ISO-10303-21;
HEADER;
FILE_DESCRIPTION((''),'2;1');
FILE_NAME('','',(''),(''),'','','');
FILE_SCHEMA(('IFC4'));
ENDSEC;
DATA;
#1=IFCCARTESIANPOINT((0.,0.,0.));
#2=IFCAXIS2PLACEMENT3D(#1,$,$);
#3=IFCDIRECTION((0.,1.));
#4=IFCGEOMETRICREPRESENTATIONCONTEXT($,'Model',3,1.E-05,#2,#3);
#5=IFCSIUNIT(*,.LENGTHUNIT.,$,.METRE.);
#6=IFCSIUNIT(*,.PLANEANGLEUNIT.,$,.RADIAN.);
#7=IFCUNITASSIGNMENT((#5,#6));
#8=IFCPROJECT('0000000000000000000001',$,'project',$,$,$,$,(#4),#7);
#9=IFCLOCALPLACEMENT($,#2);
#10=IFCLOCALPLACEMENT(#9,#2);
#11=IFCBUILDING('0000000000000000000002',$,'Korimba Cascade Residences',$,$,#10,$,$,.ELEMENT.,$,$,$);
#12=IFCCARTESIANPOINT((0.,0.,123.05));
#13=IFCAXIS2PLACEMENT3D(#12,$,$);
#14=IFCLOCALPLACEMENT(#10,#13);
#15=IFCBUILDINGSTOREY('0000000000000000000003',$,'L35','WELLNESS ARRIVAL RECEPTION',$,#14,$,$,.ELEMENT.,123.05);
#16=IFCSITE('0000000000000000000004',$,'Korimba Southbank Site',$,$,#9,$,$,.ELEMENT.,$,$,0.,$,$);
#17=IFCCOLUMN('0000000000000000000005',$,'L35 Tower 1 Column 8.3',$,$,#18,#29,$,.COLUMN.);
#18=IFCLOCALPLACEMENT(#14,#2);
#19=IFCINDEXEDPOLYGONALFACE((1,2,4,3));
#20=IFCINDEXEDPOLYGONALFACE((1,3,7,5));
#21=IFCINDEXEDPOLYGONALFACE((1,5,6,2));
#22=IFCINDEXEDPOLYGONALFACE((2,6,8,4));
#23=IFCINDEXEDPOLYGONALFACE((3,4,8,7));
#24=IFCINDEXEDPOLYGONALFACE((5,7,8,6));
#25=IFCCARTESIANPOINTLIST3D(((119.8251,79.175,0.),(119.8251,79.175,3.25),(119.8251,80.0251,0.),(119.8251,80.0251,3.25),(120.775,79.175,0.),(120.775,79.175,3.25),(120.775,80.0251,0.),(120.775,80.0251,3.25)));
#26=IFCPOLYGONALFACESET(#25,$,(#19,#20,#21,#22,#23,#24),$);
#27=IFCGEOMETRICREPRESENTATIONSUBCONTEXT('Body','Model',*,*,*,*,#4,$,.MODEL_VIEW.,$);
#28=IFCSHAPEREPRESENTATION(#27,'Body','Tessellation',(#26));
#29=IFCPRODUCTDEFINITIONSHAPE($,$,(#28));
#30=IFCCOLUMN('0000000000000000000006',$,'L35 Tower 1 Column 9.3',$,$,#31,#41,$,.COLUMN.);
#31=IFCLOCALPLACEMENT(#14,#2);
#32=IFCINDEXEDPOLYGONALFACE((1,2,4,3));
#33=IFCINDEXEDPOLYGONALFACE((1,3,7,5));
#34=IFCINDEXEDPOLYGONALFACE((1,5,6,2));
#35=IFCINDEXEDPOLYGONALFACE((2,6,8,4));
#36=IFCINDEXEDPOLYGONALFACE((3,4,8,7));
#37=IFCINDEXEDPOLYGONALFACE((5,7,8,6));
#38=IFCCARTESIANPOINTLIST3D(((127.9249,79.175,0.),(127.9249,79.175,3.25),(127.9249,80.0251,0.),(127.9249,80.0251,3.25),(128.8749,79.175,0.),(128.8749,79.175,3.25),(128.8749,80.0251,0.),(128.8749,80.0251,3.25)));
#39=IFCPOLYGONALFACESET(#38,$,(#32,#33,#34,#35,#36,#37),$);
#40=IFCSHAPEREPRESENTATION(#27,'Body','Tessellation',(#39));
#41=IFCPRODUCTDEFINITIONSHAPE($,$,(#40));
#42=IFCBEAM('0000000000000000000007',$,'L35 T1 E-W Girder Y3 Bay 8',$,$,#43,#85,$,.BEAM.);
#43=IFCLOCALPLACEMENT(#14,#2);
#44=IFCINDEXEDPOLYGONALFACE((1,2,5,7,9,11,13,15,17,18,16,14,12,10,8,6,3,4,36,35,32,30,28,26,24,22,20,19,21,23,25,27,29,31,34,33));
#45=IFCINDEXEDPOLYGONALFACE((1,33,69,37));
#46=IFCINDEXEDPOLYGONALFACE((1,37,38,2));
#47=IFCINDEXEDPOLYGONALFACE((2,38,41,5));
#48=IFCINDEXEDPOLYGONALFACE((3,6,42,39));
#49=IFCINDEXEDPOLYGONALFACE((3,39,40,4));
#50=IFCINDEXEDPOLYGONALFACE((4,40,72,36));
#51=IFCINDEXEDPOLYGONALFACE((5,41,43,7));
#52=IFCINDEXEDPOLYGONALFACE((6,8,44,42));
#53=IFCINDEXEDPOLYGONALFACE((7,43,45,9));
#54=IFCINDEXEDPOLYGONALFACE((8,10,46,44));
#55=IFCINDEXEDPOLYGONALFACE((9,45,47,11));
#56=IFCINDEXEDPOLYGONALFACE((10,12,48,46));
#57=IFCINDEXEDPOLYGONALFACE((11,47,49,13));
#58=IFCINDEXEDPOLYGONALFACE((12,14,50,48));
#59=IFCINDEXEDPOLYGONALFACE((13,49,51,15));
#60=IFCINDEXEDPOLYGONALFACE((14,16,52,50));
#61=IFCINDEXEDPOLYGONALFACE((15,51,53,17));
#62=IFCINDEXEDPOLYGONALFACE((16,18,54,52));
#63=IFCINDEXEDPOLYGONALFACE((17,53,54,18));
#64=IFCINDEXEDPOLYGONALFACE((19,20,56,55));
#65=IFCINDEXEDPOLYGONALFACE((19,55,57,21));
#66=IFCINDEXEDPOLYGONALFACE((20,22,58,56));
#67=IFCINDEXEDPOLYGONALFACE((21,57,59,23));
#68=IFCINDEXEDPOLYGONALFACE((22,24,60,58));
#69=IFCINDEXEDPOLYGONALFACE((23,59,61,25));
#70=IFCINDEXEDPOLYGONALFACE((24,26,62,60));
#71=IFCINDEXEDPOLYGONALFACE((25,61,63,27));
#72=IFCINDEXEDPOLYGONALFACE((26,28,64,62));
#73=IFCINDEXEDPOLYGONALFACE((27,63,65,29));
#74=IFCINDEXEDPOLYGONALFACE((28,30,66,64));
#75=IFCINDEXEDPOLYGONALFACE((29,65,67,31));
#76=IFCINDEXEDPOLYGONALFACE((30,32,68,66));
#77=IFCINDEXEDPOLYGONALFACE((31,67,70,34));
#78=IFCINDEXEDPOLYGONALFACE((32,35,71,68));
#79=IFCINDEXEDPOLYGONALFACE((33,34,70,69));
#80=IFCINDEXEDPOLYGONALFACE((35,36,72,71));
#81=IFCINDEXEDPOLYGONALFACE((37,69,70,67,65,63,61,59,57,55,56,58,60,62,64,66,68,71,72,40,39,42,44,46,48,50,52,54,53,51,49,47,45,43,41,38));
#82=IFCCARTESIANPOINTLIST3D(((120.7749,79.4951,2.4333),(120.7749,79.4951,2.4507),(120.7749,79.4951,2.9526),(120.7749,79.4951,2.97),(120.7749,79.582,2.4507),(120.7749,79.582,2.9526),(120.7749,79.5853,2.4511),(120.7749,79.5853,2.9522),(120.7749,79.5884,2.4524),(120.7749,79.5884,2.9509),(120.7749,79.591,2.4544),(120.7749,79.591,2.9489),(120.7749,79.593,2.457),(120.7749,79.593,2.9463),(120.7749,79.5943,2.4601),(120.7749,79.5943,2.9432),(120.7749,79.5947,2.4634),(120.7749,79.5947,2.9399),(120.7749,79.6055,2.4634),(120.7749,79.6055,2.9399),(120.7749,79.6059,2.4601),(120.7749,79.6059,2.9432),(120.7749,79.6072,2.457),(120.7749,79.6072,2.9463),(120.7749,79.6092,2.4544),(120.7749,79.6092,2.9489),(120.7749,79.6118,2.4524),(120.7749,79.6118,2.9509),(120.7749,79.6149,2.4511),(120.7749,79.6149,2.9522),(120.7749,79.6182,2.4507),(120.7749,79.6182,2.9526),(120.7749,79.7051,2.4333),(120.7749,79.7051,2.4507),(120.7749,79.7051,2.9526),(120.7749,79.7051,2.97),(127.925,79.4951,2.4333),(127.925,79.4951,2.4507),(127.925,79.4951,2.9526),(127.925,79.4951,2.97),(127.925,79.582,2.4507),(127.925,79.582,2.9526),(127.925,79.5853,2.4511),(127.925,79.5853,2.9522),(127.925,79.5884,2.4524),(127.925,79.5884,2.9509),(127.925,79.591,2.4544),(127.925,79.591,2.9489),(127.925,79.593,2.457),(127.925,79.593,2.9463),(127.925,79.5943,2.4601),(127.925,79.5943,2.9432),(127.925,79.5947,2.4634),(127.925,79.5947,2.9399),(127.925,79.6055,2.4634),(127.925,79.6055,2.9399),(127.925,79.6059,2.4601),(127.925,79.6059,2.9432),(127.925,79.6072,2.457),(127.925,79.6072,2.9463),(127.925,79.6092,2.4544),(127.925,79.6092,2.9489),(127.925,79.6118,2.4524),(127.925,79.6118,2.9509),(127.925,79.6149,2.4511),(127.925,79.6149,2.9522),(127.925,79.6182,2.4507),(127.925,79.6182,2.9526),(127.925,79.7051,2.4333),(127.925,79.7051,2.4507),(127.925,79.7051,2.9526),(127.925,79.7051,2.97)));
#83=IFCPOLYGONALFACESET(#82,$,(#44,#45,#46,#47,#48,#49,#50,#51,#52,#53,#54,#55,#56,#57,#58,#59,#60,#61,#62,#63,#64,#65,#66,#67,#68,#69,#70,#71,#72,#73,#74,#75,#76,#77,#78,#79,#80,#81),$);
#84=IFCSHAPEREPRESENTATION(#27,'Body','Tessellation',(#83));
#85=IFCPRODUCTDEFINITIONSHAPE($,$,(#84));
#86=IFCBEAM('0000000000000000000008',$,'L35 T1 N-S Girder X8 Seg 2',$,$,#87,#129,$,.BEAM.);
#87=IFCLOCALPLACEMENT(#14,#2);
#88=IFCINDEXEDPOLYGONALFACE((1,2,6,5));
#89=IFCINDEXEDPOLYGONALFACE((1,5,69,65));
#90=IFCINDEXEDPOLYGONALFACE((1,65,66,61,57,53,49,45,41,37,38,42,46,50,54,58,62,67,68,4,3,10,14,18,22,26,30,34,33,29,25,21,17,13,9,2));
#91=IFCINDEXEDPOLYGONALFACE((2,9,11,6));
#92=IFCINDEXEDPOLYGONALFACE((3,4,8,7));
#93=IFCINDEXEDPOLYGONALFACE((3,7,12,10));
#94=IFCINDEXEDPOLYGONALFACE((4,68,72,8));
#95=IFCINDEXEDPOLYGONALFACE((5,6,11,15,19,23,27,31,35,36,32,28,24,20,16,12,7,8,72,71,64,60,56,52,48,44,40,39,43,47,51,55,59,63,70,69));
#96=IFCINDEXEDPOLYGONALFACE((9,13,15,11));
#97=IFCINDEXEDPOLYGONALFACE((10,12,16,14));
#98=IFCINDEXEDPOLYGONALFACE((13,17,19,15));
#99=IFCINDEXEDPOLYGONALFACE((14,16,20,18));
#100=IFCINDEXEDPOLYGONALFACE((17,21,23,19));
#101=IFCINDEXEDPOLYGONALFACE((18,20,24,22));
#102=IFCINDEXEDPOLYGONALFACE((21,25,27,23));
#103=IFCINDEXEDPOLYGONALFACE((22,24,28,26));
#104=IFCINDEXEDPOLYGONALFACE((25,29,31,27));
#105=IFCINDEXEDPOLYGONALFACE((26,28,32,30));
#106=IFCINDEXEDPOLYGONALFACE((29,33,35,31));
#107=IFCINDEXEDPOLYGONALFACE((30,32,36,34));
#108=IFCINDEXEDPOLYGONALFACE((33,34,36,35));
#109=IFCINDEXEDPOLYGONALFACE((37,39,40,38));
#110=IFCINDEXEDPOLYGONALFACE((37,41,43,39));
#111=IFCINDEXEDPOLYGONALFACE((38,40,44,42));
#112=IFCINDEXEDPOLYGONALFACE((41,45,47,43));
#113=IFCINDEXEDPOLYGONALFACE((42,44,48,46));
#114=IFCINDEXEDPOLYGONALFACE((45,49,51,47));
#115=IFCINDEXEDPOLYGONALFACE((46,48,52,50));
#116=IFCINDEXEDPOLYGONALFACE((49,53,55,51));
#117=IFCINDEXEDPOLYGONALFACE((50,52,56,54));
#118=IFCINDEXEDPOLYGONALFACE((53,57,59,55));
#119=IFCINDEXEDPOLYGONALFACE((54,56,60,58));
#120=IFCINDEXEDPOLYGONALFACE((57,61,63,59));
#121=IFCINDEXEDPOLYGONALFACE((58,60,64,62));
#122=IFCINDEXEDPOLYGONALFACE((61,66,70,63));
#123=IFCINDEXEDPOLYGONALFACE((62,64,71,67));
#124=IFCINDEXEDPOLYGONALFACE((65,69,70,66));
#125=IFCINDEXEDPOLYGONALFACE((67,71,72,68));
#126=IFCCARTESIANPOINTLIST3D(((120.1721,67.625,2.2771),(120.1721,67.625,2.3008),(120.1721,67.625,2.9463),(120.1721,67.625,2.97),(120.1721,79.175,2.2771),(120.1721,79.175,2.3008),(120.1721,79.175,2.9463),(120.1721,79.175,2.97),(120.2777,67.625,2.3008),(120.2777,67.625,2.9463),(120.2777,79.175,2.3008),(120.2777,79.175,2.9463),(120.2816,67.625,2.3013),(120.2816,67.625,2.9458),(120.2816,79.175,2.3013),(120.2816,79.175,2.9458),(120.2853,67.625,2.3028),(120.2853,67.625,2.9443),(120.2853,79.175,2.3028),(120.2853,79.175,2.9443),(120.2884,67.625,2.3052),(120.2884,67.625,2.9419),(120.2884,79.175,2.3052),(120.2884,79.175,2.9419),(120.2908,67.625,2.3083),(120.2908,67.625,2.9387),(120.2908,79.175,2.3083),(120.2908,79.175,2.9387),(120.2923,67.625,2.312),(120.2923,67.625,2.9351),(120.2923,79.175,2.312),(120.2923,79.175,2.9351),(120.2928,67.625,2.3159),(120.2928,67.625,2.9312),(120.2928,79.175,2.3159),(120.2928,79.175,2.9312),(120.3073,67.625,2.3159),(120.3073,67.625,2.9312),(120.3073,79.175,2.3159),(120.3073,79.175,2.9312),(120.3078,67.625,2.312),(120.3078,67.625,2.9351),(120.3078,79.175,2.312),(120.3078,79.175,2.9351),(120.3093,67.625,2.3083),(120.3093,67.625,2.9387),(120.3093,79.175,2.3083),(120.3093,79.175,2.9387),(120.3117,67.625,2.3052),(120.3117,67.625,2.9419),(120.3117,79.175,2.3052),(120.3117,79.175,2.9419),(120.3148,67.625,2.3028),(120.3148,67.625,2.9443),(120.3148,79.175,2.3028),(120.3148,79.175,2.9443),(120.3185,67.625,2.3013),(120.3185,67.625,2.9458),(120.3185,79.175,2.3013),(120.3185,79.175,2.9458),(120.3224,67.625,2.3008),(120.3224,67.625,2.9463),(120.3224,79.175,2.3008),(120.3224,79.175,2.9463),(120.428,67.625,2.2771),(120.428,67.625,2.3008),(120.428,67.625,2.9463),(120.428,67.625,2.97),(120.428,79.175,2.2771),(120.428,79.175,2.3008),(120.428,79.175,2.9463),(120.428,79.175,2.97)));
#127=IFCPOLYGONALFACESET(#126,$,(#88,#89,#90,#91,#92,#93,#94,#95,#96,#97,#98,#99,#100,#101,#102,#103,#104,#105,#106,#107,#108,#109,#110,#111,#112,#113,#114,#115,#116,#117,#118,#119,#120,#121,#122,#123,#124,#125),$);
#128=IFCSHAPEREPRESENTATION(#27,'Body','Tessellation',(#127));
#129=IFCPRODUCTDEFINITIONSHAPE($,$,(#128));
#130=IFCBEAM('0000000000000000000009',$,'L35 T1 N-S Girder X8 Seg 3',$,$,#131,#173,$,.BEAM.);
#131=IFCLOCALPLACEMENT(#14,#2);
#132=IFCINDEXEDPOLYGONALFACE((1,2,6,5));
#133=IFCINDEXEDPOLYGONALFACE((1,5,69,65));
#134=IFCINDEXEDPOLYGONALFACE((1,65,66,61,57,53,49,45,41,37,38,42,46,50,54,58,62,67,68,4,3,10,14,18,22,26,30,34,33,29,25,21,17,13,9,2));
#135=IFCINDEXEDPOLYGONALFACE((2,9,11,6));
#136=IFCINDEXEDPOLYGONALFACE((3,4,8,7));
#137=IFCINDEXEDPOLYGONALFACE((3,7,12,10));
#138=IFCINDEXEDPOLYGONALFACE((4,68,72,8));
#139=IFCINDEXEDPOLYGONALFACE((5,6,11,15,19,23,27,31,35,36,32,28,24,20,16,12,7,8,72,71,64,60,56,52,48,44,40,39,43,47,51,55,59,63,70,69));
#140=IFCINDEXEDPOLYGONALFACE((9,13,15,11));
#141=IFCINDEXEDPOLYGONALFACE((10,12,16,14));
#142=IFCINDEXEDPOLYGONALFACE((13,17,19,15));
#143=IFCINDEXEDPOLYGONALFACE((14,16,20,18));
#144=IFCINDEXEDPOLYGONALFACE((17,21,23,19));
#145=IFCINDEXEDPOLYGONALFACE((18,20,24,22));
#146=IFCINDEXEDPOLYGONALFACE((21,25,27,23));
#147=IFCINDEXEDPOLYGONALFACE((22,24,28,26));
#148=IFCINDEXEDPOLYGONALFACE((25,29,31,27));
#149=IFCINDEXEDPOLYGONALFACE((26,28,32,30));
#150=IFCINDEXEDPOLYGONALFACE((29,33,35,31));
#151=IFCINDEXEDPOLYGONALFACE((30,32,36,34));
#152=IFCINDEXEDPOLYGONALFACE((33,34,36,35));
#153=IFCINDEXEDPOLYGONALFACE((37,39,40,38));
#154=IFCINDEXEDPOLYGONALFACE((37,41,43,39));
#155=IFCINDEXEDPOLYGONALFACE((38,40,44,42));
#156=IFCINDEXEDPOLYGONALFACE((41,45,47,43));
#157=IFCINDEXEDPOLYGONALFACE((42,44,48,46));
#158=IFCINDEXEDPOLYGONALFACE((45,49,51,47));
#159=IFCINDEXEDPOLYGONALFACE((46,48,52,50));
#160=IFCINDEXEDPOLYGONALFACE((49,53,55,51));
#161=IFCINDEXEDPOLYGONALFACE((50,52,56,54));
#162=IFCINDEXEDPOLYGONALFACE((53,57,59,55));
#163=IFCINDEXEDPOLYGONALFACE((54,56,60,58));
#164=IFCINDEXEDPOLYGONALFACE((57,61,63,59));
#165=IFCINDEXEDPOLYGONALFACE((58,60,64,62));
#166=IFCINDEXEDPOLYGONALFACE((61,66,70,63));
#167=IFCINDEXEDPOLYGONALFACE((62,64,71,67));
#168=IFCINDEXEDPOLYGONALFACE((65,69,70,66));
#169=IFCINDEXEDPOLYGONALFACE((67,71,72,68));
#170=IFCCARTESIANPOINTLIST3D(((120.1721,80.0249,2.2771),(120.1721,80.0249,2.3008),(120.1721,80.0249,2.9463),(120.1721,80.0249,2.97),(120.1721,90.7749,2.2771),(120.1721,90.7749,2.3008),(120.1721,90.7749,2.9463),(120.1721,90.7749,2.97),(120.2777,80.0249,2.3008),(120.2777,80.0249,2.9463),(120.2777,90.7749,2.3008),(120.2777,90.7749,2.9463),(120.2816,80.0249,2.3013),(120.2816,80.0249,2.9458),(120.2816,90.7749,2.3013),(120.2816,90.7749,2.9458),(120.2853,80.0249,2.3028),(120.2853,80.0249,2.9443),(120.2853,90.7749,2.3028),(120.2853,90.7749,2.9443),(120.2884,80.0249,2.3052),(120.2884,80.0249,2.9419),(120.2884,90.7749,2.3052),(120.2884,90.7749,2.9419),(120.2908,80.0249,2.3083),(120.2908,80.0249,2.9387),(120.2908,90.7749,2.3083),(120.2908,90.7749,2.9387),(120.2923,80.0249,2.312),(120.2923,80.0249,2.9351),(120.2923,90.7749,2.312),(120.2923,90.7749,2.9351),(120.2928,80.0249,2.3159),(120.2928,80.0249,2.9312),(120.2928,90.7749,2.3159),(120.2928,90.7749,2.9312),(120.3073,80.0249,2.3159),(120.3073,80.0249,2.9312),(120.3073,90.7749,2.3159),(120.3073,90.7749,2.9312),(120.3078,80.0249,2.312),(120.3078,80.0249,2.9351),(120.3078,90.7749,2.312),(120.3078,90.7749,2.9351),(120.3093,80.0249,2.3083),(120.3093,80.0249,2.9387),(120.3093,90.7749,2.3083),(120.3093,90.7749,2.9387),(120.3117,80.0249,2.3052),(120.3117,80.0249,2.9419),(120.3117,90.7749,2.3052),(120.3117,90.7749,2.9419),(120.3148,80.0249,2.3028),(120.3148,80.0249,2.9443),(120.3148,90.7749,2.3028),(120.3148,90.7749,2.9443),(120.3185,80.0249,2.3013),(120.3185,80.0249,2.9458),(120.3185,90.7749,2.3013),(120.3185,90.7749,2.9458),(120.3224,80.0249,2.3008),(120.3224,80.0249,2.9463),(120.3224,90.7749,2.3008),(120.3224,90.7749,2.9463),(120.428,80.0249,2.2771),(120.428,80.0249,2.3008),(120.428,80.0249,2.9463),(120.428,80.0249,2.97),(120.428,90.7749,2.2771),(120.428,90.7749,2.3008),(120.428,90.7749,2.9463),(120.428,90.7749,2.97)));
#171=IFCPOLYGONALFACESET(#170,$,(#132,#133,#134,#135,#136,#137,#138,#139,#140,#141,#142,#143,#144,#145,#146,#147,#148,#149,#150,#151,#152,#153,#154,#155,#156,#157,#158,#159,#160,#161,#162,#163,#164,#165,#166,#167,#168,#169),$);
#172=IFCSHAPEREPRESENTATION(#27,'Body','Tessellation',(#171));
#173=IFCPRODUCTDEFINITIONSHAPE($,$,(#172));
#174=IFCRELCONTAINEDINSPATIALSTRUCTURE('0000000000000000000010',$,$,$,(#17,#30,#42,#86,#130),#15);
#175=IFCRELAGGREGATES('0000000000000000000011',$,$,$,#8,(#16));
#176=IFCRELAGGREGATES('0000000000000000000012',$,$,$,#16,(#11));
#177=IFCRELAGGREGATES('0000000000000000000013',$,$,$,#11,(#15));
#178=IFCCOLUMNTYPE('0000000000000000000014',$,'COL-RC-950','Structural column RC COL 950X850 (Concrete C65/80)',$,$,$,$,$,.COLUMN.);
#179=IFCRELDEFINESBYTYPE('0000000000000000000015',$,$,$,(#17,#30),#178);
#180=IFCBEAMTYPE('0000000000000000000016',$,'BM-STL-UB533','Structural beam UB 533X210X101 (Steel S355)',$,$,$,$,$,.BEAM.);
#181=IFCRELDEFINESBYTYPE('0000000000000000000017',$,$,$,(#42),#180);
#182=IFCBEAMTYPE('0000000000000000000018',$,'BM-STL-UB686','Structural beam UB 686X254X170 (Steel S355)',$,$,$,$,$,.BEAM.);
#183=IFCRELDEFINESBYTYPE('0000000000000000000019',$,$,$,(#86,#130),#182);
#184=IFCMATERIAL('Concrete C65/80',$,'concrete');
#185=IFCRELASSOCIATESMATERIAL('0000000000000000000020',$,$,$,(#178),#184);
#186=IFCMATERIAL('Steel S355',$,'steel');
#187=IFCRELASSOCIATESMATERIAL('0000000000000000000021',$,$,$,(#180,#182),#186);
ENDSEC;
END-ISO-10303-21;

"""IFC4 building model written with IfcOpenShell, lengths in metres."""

from ifc_helpers import new_model, si_unit, direction, frame, origin, origin_2d, place, context, subcontext, project, spatial, rectangle, i_section, extrude, material, material_profile, profile_set, type_object, element, save


model = new_model("IFC4")

# Units and contexts
model_context = context("Model", 3, precision=1e-05, world=origin(), true_north=direction((0.0, 1.0)))
body_context = subcontext(model_context, "Body", "Model", "MODEL_VIEW")
ifc_project = project(units=[si_unit("LENGTHUNIT", "METRE"), si_unit("PLANEANGLEUNIT", "RADIAN")], contexts=[model_context])

# Site, building, storey
site_placement = place(None, origin())
site = spatial("IfcSite", under=ifc_project, at=site_placement, Name="Korimba Southbank Site", CompositionType="ELEMENT", RefElevation=0.0)
building_placement = place(site_placement, origin())
building = spatial("IfcBuilding", under=site, at=building_placement, Name="Korimba Cascade Residences", CompositionType="ELEMENT")
storey_placement = place(building_placement, frame((0.0, 0.0, 123.05)))
storey = spatial("IfcBuildingStorey", under=building, at=storey_placement, Name="L35", Description="WELLNESS ARRIVAL RECEPTION", CompositionType="ELEMENT", Elevation=123.05)

# Columns
ifc_material_1 = material(Name="Concrete C65/80", Category="concrete")
ifc_material_profile_1 = material_profile(ifc_material_1, rectangle(XDim=0.95, YDim=0.8501, at=origin_2d()), Name="Concrete C65/80")
ifc_profile_set_1 = profile_set([ifc_material_profile_1], Name="Concrete C65/80")
column_type = type_object("IfcColumnType", Name="COL-RC-950", Description="Structural column RC COL 950X850 (Concrete C65/80)", PredefinedType="COLUMN", material=ifc_profile_set_1)
for number, where, z_axis, x_axis, name in (
    (1, (120.3, 79.6001, 0.0), (0.0, 0.0, 1.0), (1.0, 0.0, 0.0), "L35 Tower 1 Column 8.3"),
    (2, (128.3999, 79.6001, 0.0), (0.0, 0.0, 1.0), (1.0, 0.0, 0.0), "L35 Tower 1 Column 9.3"),
):
    element("IfcColumn", number, at=place(storey_placement, frame(where, z_axis=z_axis, x_axis=x_axis)), inside=storey, type_object=column_type, Name=name, PredefinedType="COLUMN", context=body_context, shape_type="SweptSolid", body=[
        extrude(rectangle(XDim=0.95, YDim=0.8501, at=origin_2d()), origin(), (0.0, 0.0, 1.0), 3.25),
    ])

# Beams
ifc_material_2 = material(Name="Steel S355", Category="steel")
ifc_material_profile_2 = material_profile(ifc_material_2, i_section(OverallWidth=0.21, OverallDepth=0.5366, WebThickness=0.0107, FlangeThickness=0.0173, FilletRadius=0.0127, at=origin_2d()), Name="Steel S355")
ifc_profile_set_2 = profile_set([ifc_material_profile_2], Name="Steel S355")
beam_type_1 = type_object("IfcBeamType", Name="BM-STL-UB533", Description="Structural beam UB 533X210X101 (Steel S355)", PredefinedType="BEAM", material=ifc_profile_set_2)
beam_1_placement = place(storey_placement, frame((120.7749, 79.6001, 2.7017), z_axis=(1.0, 0.0, 0.0), x_axis=(0.0, 1.0, 0.0)))
element("IfcBeam", 3, at=beam_1_placement, inside=storey, type_object=beam_type_1, Name="L35 T1 E-W Girder Y3 Bay 8", PredefinedType="BEAM", context=body_context, shape_type="SweptSolid", body=[
    extrude(i_section(OverallWidth=0.21, OverallDepth=0.5366, WebThickness=0.0107, FlangeThickness=0.0173, FilletRadius=0.0127, at=origin_2d()), origin(), (0.0, 0.0, 1.0), 7.1501),
])
ifc_material_profile_3 = material_profile(ifc_material_2, i_section(OverallWidth=0.2559, OverallDepth=0.6929, WebThickness=0.0144, FlangeThickness=0.0237, FilletRadius=0.0151, at=origin_2d()), Name="Steel S355")
ifc_profile_set_3 = profile_set([ifc_material_profile_3], Name="Steel S355")
beam_type_2 = type_object("IfcBeamType", Name="BM-STL-UB686", Description="Structural beam UB 686X254X170 (Steel S355)", PredefinedType="BEAM", material=ifc_profile_set_3)
beam_2_placement = place(storey_placement, frame((120.3, 67.625, 2.6235), z_axis=(0.0, 1.0, 0.0), x_axis=(-1.0, 0.0, 0.0)))
element("IfcBeam", 4, at=beam_2_placement, inside=storey, type_object=beam_type_2, Name="L35 T1 N-S Girder X8 Seg 2", PredefinedType="BEAM", context=body_context, shape_type="SweptSolid", body=[
    extrude(i_section(OverallWidth=0.2559, OverallDepth=0.6929, WebThickness=0.0144, FlangeThickness=0.0237, FilletRadius=0.0151, at=origin_2d()), origin(), (0.0, 0.0, 1.0), 11.55),
])
beam_3_placement = place(storey_placement, frame((120.3, 80.0249, 2.6235), z_axis=(0.0, 1.0, 0.0), x_axis=(-1.0, 0.0, 0.0)))
element("IfcBeam", 5, at=beam_3_placement, inside=storey, type_object=beam_type_2, Name="L35 T1 N-S Girder X8 Seg 3", PredefinedType="BEAM", context=body_context, shape_type="SweptSolid", body=[
    extrude(i_section(OverallWidth=0.2559, OverallDepth=0.6929, WebThickness=0.0144, FlangeThickness=0.0237, FilletRadius=0.0151, at=origin_2d()), origin(), (0.0, 0.0, 1.0), 10.75),
])

save(model, "model.ifc")
